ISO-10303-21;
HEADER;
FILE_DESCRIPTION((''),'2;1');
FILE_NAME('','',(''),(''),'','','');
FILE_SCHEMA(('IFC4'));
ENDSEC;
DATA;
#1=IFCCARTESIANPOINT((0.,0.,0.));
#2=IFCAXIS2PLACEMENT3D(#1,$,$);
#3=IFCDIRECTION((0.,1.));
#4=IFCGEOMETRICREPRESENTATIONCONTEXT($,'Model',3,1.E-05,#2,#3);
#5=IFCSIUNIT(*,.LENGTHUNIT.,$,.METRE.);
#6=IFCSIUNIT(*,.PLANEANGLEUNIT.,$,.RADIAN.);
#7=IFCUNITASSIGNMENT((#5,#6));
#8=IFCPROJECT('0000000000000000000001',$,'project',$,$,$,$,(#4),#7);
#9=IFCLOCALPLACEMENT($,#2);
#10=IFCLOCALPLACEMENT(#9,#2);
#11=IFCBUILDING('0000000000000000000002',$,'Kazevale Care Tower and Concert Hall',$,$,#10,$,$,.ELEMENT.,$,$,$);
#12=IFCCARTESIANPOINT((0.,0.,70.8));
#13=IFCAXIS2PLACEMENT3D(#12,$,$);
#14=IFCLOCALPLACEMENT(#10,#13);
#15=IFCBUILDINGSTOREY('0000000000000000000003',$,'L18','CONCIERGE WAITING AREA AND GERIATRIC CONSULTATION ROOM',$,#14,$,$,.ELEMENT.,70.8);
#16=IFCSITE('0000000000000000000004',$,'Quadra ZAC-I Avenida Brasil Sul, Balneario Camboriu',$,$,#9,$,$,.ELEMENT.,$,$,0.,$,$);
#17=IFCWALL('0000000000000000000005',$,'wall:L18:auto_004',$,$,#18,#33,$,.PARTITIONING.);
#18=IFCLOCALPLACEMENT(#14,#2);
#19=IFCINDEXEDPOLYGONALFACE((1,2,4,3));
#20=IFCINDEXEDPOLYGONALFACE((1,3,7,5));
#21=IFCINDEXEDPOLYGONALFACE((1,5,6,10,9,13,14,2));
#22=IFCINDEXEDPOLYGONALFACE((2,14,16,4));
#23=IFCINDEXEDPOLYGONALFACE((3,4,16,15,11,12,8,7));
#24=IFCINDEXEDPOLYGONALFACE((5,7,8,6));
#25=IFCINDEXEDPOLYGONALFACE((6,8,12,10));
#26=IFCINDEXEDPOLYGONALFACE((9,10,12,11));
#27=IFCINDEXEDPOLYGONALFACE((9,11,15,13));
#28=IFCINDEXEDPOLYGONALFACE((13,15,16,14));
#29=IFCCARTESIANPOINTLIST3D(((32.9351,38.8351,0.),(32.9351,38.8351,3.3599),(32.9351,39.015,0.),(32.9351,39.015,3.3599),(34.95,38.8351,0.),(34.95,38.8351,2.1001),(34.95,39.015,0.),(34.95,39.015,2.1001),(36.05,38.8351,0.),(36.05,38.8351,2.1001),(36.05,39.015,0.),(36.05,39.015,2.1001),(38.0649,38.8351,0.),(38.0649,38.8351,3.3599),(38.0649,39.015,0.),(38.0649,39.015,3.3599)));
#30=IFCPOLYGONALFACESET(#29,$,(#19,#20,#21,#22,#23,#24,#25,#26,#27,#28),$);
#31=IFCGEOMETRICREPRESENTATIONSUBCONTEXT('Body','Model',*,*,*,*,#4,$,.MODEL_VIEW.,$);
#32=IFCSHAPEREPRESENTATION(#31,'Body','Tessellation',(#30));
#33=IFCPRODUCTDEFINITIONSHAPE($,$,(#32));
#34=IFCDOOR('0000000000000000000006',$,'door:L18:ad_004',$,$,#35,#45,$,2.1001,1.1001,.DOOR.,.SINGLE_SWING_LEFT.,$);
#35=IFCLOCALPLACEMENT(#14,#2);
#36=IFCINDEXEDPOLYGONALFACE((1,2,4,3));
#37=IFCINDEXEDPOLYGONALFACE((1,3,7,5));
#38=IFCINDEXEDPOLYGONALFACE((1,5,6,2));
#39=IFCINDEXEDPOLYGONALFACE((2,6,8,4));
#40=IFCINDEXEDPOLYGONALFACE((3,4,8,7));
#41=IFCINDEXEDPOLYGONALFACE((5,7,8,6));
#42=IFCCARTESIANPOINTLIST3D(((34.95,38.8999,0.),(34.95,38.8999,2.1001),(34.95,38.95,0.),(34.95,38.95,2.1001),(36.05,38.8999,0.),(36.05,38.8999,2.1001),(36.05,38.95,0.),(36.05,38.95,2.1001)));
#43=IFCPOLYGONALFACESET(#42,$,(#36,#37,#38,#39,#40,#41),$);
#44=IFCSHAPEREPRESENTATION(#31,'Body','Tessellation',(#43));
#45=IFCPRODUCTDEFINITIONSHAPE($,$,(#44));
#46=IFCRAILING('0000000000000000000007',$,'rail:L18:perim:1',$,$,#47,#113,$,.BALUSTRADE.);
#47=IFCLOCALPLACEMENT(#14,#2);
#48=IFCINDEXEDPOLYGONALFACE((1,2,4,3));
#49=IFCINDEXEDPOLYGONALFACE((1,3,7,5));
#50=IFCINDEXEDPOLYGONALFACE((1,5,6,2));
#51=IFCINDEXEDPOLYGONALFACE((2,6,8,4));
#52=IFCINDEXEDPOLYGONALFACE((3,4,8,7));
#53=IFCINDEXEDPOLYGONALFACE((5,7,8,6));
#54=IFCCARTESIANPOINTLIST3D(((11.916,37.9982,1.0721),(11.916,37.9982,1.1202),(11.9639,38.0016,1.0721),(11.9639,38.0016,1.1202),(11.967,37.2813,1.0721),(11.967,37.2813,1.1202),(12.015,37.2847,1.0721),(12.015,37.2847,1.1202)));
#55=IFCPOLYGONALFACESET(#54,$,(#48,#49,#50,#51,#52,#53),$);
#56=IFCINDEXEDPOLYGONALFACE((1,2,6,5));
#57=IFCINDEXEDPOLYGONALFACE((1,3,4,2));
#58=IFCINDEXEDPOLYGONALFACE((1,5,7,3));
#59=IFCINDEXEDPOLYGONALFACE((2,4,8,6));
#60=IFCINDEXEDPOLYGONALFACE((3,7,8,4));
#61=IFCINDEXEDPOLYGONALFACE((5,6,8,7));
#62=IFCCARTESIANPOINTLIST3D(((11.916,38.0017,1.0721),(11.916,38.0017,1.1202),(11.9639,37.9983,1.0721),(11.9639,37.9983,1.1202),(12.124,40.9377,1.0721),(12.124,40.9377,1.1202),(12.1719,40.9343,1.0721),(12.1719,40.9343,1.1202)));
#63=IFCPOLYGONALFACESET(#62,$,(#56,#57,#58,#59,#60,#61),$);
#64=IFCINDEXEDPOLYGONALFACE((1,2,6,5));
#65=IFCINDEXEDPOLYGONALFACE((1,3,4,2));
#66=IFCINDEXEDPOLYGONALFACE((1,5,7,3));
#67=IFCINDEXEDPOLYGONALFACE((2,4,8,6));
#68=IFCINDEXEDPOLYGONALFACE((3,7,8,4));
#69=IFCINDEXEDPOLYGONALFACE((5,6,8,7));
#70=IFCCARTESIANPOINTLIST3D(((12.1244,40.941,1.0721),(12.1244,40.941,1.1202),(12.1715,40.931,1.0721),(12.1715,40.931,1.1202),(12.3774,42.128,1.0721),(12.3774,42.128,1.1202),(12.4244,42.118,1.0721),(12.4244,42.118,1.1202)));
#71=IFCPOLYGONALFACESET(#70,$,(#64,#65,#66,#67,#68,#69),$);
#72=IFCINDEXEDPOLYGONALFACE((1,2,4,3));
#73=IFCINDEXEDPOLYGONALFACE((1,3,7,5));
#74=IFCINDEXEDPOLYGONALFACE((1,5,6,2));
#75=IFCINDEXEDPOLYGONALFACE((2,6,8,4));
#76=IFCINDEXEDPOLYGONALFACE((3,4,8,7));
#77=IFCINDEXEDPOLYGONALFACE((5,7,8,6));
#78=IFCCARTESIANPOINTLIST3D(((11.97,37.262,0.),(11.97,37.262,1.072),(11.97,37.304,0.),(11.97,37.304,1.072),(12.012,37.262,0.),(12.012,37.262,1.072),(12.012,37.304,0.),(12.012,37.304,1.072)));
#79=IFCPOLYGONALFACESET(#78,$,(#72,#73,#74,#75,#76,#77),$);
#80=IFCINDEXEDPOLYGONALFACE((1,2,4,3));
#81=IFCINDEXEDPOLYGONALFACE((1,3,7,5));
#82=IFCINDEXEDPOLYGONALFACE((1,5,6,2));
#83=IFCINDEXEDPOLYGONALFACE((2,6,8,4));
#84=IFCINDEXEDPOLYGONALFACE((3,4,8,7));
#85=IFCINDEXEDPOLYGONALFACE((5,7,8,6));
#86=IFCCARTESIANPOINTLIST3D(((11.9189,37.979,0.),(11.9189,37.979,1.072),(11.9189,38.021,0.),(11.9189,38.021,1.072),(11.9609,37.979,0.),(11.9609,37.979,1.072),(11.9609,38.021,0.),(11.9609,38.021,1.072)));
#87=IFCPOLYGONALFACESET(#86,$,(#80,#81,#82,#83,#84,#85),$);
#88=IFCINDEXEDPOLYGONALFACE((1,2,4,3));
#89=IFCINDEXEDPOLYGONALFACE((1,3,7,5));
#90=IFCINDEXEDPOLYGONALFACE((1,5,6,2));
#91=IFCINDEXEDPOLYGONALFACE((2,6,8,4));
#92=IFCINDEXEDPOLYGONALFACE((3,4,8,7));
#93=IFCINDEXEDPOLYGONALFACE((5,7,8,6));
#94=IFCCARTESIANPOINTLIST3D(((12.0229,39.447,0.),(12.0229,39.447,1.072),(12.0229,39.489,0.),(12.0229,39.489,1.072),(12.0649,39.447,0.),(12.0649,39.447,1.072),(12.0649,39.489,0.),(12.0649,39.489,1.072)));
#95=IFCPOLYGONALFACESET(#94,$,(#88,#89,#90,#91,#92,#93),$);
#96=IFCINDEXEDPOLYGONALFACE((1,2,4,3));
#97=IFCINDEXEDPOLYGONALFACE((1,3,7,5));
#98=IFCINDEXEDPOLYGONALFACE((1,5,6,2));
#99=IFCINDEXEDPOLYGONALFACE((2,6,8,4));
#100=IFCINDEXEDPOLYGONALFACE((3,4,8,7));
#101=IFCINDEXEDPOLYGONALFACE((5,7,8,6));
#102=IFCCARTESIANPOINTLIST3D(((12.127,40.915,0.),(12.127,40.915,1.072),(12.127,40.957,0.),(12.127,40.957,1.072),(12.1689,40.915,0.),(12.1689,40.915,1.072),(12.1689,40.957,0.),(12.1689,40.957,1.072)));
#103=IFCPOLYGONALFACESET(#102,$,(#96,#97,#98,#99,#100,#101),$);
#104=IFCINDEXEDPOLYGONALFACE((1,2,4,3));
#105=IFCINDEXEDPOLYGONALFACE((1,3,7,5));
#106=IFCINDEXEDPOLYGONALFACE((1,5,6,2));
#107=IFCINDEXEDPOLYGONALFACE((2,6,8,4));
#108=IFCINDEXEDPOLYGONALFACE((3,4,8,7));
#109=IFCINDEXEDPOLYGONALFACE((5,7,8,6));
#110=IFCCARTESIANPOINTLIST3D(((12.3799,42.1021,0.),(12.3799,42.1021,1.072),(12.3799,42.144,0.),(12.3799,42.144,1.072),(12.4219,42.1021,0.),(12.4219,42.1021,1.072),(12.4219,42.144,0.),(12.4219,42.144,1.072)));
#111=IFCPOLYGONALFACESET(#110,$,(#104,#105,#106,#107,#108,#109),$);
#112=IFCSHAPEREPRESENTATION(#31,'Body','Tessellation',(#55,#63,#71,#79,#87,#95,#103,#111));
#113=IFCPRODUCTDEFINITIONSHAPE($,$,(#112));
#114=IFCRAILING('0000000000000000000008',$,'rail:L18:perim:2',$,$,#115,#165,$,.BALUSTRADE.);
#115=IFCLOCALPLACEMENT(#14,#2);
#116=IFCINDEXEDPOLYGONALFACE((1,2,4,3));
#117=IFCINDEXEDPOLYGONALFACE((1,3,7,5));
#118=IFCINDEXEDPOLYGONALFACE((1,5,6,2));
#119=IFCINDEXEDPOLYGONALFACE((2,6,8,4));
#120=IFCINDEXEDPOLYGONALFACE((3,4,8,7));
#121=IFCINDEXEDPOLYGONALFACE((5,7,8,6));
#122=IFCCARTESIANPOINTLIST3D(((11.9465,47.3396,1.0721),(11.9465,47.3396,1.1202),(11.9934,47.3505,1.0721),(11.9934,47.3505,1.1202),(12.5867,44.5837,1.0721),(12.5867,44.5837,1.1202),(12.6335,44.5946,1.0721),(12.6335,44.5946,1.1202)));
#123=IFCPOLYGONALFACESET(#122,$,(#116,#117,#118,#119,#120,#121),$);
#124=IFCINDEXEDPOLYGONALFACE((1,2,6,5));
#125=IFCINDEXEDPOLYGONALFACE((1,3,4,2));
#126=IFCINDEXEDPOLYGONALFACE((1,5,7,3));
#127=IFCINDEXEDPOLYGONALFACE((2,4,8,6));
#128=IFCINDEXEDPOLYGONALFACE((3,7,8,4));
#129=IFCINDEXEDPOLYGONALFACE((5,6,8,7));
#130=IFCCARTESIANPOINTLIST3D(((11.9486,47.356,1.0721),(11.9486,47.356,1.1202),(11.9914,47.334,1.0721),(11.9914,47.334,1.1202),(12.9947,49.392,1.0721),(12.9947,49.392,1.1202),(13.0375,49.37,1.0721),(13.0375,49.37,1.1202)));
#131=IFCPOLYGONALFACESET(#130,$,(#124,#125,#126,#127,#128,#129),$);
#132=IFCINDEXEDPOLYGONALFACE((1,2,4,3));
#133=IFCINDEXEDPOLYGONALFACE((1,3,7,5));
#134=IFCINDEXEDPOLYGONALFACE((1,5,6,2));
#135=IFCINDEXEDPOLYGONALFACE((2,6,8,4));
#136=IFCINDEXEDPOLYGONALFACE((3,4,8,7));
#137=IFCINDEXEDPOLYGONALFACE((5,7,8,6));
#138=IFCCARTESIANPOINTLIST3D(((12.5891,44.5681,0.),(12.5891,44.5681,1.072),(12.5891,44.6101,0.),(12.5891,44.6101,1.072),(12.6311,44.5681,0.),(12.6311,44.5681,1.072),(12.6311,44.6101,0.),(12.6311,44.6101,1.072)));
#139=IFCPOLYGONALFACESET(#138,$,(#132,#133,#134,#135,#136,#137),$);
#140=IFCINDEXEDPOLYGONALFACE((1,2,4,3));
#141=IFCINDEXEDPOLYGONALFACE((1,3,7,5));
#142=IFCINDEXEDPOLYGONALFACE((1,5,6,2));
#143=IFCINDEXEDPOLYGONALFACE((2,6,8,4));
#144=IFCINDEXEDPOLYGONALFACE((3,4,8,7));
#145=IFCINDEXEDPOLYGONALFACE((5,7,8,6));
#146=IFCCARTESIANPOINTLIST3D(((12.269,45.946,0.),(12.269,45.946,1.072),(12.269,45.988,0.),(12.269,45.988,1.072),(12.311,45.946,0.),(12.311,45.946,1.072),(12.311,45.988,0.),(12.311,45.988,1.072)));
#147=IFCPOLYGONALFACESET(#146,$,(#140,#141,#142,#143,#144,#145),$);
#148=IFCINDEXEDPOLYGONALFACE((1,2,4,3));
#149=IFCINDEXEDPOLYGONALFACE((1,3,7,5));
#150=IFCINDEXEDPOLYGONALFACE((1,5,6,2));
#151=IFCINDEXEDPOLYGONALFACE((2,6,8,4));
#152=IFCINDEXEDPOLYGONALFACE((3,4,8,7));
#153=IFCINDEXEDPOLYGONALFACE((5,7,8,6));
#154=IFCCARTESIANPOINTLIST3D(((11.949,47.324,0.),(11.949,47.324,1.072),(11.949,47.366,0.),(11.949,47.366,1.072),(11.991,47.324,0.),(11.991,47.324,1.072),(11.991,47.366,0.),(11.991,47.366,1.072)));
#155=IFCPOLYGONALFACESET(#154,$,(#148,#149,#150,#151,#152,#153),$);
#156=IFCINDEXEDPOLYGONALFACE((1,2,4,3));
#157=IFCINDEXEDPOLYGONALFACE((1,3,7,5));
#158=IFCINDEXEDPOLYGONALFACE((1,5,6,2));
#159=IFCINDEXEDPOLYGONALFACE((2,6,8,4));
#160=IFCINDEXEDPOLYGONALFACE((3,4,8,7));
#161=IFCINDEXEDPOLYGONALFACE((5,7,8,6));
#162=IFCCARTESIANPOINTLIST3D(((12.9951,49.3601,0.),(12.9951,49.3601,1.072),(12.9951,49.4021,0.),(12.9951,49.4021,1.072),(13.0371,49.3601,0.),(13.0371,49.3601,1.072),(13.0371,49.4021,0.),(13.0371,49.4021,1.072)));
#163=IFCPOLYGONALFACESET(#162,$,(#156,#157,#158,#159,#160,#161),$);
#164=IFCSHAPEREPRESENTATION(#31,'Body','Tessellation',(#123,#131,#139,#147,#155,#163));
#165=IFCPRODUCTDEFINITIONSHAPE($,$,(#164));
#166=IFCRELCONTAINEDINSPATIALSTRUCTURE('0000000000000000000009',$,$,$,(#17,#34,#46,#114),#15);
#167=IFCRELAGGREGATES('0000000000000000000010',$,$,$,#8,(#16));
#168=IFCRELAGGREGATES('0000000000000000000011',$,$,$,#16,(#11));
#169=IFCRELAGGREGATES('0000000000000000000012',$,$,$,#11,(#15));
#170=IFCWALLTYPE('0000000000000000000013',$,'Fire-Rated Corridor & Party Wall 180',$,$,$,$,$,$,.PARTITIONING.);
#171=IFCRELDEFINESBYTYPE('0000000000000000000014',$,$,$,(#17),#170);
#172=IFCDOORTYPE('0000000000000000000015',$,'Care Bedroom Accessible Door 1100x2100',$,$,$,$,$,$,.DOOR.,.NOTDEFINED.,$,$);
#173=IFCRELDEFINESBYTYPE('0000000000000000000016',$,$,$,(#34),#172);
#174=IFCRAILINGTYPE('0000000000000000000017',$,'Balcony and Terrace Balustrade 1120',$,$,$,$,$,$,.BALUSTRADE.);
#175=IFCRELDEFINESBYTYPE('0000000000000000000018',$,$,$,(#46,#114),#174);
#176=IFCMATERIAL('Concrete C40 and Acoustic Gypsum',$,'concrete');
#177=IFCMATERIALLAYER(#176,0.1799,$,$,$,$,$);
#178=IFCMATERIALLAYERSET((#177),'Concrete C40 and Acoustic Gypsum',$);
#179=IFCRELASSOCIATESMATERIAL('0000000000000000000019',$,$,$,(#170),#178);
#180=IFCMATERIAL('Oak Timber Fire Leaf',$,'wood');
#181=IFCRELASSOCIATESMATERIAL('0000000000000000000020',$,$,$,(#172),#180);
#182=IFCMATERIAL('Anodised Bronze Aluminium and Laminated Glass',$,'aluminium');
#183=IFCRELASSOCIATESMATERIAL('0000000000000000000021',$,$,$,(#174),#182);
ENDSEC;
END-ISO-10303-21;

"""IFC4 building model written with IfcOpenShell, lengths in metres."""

from ifc_helpers import new_model, si_unit, direction, frame, frame_2d, origin, origin_2d, place, context, subcontext, project, spatial, rectangle, extrude, material, layer, layer_set, type_object, element, fill, save


model = new_model("IFC4")

# Units and contexts
model_context = context("Model", 3, precision=1e-05, world=origin(), true_north=direction((0.0, 1.0)))
body_context = subcontext(model_context, "Body", "Model", "MODEL_VIEW")
ifc_project = project(units=[si_unit("LENGTHUNIT", "METRE"), si_unit("PLANEANGLEUNIT", "RADIAN")], contexts=[model_context])

# Site, building, storey
site_placement = place(None, origin())
site = spatial("IfcSite", under=ifc_project, at=site_placement, Name="Quadra ZAC-I Avenida Brasil Sul, Balneario Camboriu", CompositionType="ELEMENT", RefElevation=0.0)
building_placement = place(site_placement, origin())
building = spatial("IfcBuilding", under=site, at=building_placement, Name="Kazevale Care Tower and Concert Hall", CompositionType="ELEMENT")
storey_placement = place(building_placement, frame((0.0, 0.0, 70.8)))
storey = spatial("IfcBuildingStorey", under=building, at=storey_placement, Name="L18", Description="CONCIERGE WAITING AREA AND GERIATRIC CONSULTATION ROOM", CompositionType="ELEMENT", Elevation=70.8)

# Wall, opening, door
ifc_material_1 = material(Name="Concrete C40 and Acoustic Gypsum", Category="concrete")
ifc_layer_1 = layer(ifc_material_1, 0.1799)
ifc_layer_set_1 = layer_set([ifc_layer_1], Name="Concrete C40 and Acoustic Gypsum")
wall_type = type_object("IfcWallType", Name="Fire-Rated Corridor & Party Wall 180", PredefinedType="PARTITIONING", material=ifc_layer_set_1)
ifc_material_2 = material(Name="Oak Timber Fire Leaf", Category="wood")
door_type = type_object("IfcDoorType", Name="Care Bedroom Accessible Door 1100x2100", OperationType="NOTDEFINED", PredefinedType="DOOR", material=ifc_material_2)
wall_1_placement = place(storey_placement, frame((32.9351, 38.925, 0.0), z_axis=(0.0, 0.0, 1.0), x_axis=(1.0, 0.0, 0.0)))
wall_1 = element("IfcWall", 1, at=wall_1_placement, inside=storey, type_object=wall_type, Name="wall:L18:auto_004", PredefinedType="PARTITIONING", context=body_context, shape_type="SweptSolid", body=[
    extrude(rectangle(XDim=5.1299, YDim=0.1799, at=frame_2d((2.5649, 0.0))), origin(), (0.0, 0.0, 1.0), 3.3599),
])
opening_1_placement = place(wall_1_placement, frame((2.0149, 0.0, 0.0)))
opening_1 = element("IfcOpeningElement", 2, at=opening_1_placement, cuts=wall_1, PredefinedType="OPENING", context=body_context, shape_type="SweptSolid", body=[
    extrude(rectangle(XDim=1.1001, YDim=2.1001, at=frame_2d((0.55, 1.05))), frame((0.0, 0.0999, 0.0), z_axis=(0.0, -1.0, 0.0), x_axis=(1.0, 0.0, 0.0)), (0.0, 0.0, 1.0), 0.2),
])
door_1_placement = place(opening_1_placement, origin())
door_1 = element("IfcDoor", 3, at=door_1_placement, inside=storey, type_object=door_type, Name="door:L18:ad_004", OperationType="SINGLE_SWING_LEFT", OverallHeight=2.1001, OverallWidth=1.1001, PredefinedType="DOOR", context=body_context, shape_type="SweptSolid", body=[
    extrude(rectangle(XDim=1.1001, YDim=2.1001, at=frame_2d((0.55, 1.05))), frame((0.0, 0.0249, 0.0), z_axis=(0.0, -1.0, 0.0), x_axis=(1.0, 0.0, 0.0)), (0.0, 0.0, 1.0), 0.05),
])
fill(opening_1, door_1)

# Railings
ifc_material_3 = material(Name="Anodised Bronze Aluminium and Laminated Glass", Category="aluminium")
railing_type = type_object("IfcRailingType", Name="Balcony and Terrace Balustrade 1120", PredefinedType="BALUSTRADE", material=ifc_material_3)
railing_1_placement = place(storey_placement, frame((11.991, 37.283, 0.0)))
element("IfcRailing", 4, at=railing_1_placement, inside=storey, type_object=railing_type, Name="rail:L18:perim:1", PredefinedType="BALUSTRADE", context=body_context, shape_type="SweptSolid", body=[
    extrude(rectangle(XDim=0.0481, YDim=0.0481, at=origin_2d()), frame((0.0, 0.0, 1.0962), z_axis=(-0.070982, 0.997478, 0.0), x_axis=(-0.997478, -0.070982, 0.0)), (0.0, 0.0, 1.0), 0.7188),
    extrude(rectangle(XDim=0.0481, YDim=0.0481, at=origin_2d()), frame((-0.051, 0.717, 1.0962), z_axis=(0.070669, 0.9975, 0.0), x_axis=(-0.9975, 0.070669, 0.0)), (0.0, 0.0, 1.0), 2.9434),
    extrude(rectangle(XDim=0.0481, YDim=0.0481, at=origin_2d()), frame((0.157, 3.6531, 1.0962), z_axis=(0.208402, 0.978043, 0.0), x_axis=(-0.978043, 0.208402, 0.0)), (0.0, 0.0, 1.0), 1.2136),
    extrude(rectangle(XDim=0.042, YDim=0.042, at=origin_2d()), origin(), (0.0, 0.0, 1.0), 1.072),
    extrude(rectangle(XDim=0.042, YDim=0.042, at=origin_2d()), frame((-0.051, 0.717, 0.0)), (0.0, 0.0, 1.0), 1.072),
    extrude(rectangle(XDim=0.042, YDim=0.042, at=origin_2d()), frame((0.053, 2.1851, 0.0)), (0.0, 0.0, 1.0), 1.072),
    extrude(rectangle(XDim=0.042, YDim=0.042, at=origin_2d()), frame((0.157, 3.6531, 0.0)), (0.0, 0.0, 1.0), 1.072),
    extrude(rectangle(XDim=0.042, YDim=0.042, at=origin_2d()), frame((0.4099, 4.8401, 0.0)), (0.0, 0.0, 1.0), 1.072),
])
railing_2_placement = place(storey_placement, frame((12.6101, 44.5891, 0.0)))
element("IfcRailing", 5, at=railing_2_placement, inside=storey, type_object=railing_type, Name="rail:L18:perim:2", PredefinedType="BALUSTRADE", context=body_context, shape_type="SweptSolid", body=[
    extrude(rectangle(XDim=0.0481, YDim=0.0481, at=origin_2d()), frame((0.0, 0.0, 1.0962), z_axis=(-0.226258, 0.974067, 0.0), x_axis=(-0.974067, -0.226258, 0.0)), (0.0, 0.0, 1.0), 2.8293),
    extrude(rectangle(XDim=0.0481, YDim=0.0481, at=origin_2d()), frame((-0.6401, 2.7559, 1.0962), z_axis=(0.456999, 0.889467, 0.0), x_axis=(-0.889467, 0.456999, 0.0)), (0.0, 0.0, 1.0), 2.2891),
    extrude(rectangle(XDim=0.042, YDim=0.042, at=origin_2d()), origin(), (0.0, 0.0, 1.0), 1.072),
    extrude(rectangle(XDim=0.042, YDim=0.042, at=origin_2d()), frame((-0.3201, 1.3779, 0.0)), (0.0, 0.0, 1.0), 1.072),
    extrude(rectangle(XDim=0.042, YDim=0.042, at=origin_2d()), frame((-0.6401, 2.7559, 0.0)), (0.0, 0.0, 1.0), 1.072),
    extrude(rectangle(XDim=0.042, YDim=0.042, at=origin_2d()), frame((0.406, 4.792, 0.0)), (0.0, 0.0, 1.0), 1.072),
])

save(model, "model.ifc")
